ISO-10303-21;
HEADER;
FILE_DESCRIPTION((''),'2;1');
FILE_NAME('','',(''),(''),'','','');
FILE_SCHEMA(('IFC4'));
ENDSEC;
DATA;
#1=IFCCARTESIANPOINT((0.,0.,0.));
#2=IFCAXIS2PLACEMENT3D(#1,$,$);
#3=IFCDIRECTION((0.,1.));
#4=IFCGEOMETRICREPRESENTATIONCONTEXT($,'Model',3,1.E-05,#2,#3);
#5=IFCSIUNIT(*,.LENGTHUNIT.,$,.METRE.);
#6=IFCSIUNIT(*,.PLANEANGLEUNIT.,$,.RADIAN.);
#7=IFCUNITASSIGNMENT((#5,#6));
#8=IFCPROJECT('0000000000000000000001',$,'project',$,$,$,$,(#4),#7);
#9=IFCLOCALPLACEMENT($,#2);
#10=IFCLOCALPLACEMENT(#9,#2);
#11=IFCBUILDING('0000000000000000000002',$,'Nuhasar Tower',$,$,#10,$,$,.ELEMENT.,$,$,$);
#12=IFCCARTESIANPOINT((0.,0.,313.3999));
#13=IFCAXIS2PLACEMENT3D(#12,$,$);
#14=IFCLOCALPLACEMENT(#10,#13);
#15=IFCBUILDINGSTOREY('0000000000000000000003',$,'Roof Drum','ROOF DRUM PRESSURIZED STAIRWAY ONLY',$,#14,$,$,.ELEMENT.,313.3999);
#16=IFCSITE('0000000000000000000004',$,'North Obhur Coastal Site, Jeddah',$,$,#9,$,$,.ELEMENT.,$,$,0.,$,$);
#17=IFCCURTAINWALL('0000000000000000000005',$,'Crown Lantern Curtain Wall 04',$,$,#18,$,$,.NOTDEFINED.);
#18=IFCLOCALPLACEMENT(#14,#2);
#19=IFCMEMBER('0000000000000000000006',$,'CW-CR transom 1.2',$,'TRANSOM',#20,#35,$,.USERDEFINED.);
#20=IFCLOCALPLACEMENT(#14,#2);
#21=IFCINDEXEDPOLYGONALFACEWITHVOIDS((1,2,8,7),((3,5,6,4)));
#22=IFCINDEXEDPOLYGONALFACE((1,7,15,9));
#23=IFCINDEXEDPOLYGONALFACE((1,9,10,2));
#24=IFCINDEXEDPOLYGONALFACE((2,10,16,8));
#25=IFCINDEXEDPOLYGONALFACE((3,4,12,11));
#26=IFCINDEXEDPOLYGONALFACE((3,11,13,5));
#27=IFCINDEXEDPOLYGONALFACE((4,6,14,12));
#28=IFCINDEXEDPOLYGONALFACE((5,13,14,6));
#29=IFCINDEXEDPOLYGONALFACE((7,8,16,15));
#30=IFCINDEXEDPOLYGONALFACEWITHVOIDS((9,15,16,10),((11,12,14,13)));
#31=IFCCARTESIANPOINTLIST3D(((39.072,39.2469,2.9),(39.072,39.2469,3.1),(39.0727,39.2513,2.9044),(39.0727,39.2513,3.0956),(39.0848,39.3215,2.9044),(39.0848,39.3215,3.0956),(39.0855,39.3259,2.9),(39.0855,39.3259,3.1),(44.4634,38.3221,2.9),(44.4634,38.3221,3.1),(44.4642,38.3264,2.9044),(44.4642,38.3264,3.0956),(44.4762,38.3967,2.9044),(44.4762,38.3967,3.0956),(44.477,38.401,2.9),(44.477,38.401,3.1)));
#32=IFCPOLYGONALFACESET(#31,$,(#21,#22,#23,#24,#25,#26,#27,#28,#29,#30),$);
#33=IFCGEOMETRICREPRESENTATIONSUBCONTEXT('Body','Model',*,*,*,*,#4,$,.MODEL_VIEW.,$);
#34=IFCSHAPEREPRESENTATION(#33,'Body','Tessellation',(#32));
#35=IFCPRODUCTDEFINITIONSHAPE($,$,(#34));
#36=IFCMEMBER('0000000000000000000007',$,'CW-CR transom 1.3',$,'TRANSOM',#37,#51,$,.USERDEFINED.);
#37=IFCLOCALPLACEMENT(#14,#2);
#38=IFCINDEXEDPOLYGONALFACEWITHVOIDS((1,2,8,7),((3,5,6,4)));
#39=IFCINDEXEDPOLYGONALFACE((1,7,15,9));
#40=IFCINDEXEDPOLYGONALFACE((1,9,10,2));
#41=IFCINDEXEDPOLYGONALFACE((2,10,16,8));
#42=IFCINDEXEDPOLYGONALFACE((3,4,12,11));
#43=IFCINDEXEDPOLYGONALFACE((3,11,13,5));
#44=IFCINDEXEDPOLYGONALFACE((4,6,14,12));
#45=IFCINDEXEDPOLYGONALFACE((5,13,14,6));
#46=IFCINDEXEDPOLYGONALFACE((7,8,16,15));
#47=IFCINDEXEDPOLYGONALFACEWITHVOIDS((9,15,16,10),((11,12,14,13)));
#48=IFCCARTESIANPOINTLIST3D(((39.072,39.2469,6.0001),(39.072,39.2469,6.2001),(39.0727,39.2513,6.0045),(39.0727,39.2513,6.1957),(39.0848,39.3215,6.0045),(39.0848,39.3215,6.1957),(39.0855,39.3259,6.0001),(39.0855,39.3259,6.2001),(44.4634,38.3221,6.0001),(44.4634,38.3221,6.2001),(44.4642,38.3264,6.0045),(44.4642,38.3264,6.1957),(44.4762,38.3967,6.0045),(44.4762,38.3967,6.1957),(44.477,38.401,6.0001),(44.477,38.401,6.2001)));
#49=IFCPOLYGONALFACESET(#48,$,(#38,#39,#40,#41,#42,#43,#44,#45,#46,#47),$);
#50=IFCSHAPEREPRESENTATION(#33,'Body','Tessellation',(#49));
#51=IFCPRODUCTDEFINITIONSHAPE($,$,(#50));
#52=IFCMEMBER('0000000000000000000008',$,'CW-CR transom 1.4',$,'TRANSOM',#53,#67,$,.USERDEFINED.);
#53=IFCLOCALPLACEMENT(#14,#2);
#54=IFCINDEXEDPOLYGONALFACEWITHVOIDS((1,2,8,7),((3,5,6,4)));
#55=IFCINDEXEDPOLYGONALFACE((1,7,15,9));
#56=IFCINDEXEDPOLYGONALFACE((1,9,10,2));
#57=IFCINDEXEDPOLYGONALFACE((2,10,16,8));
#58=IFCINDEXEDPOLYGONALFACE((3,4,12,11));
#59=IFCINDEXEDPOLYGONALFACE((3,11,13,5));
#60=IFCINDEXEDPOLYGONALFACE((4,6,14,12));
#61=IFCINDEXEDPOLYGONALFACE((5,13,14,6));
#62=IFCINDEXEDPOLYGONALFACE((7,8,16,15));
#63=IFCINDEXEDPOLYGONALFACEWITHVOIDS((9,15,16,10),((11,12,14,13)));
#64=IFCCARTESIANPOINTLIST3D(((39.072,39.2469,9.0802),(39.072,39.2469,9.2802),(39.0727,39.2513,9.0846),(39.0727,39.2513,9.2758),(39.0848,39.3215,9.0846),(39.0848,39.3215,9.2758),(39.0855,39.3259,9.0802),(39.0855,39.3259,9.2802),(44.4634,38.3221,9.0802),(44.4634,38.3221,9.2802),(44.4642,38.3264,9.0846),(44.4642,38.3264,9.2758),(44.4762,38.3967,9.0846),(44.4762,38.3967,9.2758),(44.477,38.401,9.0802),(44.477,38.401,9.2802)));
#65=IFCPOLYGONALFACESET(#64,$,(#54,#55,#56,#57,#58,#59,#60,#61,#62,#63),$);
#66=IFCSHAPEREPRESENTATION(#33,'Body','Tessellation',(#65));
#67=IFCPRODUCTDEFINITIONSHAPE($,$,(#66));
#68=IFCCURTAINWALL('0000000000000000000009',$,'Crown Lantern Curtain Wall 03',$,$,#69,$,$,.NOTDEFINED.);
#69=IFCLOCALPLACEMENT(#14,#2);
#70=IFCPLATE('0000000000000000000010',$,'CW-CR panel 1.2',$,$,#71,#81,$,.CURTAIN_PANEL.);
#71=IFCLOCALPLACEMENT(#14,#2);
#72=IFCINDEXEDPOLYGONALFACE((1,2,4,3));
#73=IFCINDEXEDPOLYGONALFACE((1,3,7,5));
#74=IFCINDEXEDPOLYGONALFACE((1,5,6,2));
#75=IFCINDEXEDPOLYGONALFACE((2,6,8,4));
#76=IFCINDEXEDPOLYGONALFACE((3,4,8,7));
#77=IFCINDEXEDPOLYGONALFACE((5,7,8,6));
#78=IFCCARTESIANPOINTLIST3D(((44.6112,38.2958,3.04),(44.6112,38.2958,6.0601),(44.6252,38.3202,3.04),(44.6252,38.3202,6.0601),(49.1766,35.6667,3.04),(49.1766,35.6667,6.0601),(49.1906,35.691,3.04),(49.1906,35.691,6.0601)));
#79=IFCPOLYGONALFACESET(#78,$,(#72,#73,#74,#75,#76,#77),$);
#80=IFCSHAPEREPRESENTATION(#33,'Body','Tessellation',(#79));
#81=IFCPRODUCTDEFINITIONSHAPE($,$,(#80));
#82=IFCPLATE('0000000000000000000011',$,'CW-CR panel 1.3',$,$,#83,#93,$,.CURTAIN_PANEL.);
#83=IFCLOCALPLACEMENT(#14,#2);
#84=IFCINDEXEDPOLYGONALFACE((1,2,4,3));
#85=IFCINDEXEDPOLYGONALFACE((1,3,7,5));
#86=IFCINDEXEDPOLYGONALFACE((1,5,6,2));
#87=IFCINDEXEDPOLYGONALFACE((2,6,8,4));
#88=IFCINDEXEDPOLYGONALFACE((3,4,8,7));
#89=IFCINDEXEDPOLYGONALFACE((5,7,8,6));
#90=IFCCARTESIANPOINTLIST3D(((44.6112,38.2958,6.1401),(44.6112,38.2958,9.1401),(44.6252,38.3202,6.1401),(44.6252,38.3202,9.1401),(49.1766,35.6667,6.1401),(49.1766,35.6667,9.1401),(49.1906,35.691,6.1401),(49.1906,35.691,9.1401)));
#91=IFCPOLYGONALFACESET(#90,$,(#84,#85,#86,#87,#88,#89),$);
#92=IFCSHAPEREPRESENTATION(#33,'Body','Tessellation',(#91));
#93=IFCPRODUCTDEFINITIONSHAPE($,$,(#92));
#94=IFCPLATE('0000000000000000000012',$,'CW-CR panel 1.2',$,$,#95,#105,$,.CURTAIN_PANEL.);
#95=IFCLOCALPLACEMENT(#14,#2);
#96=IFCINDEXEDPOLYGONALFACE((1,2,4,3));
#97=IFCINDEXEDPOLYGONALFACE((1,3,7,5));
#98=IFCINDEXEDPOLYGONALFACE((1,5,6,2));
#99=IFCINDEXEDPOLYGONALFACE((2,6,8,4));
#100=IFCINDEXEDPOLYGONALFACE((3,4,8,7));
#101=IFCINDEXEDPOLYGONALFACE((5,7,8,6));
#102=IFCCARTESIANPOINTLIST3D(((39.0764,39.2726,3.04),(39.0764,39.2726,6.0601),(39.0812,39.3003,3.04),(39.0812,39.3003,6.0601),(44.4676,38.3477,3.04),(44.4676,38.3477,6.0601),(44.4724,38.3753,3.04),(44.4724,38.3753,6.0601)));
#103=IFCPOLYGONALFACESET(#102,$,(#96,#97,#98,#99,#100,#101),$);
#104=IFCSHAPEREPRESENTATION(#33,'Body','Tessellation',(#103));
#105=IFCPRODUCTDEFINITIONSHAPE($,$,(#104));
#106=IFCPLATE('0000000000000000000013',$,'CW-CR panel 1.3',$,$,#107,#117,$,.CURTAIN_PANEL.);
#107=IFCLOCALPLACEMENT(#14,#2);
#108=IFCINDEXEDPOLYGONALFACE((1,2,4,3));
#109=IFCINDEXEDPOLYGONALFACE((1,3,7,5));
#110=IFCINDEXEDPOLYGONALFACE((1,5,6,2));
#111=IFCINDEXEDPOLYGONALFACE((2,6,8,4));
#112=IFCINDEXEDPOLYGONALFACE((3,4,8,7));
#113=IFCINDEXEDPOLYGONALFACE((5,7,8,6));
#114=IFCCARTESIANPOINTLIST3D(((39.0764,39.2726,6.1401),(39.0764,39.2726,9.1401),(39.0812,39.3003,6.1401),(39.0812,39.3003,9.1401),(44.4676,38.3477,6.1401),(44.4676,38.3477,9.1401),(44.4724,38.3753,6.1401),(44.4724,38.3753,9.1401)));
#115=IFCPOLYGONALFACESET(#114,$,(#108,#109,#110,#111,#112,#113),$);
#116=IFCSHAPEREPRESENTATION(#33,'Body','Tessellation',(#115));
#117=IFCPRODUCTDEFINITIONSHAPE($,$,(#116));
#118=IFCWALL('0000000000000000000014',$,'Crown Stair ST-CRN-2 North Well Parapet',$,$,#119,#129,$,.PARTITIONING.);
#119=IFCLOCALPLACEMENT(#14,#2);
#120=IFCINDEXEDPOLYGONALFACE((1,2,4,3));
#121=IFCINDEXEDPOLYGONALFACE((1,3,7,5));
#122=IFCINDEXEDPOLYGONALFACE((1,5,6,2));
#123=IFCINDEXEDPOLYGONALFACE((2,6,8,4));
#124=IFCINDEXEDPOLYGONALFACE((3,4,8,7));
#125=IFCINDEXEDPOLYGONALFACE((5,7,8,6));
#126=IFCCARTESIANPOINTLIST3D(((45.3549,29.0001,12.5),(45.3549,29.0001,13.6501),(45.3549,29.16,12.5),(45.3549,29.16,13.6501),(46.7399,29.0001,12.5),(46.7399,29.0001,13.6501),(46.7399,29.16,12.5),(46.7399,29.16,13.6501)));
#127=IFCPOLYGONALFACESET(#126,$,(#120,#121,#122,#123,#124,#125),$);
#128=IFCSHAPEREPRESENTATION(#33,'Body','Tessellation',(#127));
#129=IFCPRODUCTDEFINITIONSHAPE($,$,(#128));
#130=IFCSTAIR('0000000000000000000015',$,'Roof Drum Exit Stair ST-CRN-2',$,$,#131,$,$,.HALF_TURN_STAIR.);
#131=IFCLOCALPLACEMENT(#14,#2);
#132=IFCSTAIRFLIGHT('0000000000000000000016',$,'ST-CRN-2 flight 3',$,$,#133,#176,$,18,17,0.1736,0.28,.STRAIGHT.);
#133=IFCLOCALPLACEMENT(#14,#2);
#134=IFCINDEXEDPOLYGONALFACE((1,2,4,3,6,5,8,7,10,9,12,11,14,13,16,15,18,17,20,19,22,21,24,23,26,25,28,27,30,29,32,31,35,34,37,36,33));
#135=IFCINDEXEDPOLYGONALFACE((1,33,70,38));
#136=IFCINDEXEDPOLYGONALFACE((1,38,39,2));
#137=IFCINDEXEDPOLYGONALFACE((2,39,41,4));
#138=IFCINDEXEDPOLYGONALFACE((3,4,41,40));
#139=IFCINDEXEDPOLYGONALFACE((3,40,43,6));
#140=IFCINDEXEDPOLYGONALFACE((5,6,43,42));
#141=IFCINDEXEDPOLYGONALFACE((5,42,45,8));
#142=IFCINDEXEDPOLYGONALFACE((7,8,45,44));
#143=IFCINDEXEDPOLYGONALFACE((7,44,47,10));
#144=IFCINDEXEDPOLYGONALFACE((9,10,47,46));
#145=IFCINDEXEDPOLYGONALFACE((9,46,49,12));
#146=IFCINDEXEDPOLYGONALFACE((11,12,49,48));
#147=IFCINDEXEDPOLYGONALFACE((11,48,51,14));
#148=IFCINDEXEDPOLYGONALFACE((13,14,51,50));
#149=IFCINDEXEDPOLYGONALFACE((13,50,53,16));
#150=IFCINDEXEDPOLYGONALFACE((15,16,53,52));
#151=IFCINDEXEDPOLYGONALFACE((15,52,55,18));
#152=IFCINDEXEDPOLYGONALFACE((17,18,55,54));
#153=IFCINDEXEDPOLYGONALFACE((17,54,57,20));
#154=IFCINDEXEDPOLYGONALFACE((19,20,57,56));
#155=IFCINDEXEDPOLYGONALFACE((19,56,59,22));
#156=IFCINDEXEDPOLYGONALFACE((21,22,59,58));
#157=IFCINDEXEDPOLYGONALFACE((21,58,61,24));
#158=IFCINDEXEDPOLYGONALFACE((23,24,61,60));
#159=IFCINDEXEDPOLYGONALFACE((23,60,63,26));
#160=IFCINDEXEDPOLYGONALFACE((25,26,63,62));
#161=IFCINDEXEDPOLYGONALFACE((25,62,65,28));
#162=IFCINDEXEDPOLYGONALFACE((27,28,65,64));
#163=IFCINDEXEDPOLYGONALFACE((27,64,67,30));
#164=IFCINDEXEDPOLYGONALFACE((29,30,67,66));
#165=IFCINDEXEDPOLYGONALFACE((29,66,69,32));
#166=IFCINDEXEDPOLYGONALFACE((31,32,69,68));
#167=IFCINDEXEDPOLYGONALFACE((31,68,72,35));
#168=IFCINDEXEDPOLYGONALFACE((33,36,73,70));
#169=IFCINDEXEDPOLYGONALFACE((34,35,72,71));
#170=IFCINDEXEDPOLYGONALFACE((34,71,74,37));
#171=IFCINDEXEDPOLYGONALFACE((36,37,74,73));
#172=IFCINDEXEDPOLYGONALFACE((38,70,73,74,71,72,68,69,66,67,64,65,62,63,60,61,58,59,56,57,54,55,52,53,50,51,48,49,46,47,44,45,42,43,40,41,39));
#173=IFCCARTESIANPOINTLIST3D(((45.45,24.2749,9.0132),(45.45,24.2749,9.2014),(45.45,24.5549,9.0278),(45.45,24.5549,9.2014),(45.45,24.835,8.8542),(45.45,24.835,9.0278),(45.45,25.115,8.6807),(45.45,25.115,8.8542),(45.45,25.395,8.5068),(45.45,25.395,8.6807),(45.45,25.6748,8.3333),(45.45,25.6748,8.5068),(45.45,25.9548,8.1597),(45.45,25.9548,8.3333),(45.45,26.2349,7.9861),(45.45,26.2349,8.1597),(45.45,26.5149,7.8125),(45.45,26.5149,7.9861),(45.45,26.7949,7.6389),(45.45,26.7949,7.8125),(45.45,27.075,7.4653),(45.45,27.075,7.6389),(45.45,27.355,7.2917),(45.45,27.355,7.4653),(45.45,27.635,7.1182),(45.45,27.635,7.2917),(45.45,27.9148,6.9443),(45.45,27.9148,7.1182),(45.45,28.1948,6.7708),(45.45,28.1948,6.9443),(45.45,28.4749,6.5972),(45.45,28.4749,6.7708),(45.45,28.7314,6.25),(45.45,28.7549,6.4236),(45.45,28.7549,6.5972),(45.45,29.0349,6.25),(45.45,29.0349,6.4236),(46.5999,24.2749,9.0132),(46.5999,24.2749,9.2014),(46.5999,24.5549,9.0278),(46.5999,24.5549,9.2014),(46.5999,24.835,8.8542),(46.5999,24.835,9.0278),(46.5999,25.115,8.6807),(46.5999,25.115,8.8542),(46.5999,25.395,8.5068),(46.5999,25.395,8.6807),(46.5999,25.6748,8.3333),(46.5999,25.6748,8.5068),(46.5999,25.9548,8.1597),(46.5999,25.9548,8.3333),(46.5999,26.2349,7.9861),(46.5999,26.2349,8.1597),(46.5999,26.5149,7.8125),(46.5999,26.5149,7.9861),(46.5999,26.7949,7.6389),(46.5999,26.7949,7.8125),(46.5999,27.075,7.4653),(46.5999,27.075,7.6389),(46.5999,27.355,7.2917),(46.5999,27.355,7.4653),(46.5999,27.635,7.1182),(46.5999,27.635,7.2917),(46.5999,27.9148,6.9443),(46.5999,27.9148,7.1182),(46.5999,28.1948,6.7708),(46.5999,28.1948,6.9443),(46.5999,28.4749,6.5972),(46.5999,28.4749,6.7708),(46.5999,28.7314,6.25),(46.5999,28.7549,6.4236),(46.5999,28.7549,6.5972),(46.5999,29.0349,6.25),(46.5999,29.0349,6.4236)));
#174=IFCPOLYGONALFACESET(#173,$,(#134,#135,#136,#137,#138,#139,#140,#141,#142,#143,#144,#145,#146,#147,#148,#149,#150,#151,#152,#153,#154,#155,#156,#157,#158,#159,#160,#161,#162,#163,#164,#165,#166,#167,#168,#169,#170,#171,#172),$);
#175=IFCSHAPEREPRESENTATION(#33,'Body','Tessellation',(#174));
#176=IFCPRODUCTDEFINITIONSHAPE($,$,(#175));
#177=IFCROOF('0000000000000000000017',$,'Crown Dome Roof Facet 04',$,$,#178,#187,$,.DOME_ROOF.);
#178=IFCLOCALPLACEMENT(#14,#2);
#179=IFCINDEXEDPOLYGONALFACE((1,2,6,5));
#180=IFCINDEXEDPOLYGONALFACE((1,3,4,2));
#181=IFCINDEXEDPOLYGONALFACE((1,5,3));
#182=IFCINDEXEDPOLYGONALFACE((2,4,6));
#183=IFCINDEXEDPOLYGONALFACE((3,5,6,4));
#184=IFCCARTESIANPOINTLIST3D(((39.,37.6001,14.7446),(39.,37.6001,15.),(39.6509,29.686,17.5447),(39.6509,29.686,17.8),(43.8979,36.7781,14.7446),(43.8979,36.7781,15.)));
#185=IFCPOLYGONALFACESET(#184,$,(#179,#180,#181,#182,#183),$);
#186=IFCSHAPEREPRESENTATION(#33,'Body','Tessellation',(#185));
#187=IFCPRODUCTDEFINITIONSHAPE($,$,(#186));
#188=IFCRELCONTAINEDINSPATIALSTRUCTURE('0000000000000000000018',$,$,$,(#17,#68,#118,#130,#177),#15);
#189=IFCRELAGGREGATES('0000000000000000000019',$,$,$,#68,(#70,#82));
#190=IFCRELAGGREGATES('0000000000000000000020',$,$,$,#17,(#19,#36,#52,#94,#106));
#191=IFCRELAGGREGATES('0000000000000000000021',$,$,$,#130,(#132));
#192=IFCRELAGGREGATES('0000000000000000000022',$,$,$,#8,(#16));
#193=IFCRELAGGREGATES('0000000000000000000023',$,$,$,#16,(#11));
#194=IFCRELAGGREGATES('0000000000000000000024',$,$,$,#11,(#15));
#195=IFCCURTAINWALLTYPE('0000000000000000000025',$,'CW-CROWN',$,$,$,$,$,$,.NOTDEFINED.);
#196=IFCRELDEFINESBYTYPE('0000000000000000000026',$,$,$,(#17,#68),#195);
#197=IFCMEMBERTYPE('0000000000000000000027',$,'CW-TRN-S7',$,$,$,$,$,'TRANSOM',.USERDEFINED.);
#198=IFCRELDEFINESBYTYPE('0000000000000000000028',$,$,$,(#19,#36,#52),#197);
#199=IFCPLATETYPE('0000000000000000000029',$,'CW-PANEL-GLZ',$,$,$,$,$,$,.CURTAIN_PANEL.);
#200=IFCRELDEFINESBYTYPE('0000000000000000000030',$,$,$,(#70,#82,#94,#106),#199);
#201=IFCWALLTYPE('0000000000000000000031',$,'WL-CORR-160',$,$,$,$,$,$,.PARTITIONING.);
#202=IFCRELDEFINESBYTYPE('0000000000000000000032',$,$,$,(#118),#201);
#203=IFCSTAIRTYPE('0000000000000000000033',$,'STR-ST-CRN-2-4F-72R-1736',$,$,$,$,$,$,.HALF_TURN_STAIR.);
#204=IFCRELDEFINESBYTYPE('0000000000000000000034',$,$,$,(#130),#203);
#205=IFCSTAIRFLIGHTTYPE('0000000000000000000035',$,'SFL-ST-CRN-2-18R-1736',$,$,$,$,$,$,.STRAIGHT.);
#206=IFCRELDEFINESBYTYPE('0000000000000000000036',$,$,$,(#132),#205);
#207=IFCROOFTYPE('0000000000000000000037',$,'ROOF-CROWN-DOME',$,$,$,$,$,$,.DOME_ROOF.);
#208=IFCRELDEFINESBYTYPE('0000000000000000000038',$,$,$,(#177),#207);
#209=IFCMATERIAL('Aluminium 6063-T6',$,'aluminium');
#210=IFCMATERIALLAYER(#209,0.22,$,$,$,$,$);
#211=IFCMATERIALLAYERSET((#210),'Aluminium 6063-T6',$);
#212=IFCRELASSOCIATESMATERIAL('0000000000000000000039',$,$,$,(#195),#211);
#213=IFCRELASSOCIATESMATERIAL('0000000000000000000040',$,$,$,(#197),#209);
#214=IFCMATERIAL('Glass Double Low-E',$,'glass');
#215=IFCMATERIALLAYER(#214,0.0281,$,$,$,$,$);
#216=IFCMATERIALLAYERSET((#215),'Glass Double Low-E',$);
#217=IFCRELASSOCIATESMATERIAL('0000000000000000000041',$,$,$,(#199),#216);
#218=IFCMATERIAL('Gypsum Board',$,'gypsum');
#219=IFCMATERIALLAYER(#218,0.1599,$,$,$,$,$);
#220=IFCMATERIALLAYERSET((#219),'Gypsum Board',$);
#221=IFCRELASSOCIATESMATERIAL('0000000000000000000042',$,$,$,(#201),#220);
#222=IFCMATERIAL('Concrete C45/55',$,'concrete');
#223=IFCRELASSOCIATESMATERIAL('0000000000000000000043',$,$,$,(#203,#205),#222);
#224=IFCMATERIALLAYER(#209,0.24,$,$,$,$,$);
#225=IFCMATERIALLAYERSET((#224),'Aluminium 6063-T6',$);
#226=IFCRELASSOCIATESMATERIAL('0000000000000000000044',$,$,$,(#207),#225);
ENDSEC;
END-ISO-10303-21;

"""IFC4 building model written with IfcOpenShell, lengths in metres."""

from ifc_helpers import new_model, si_unit, direction, frame, frame_2d, origin, origin_2d, place, context, subcontext, project, spatial, polyline, rectangle, hollow_rectangle, outline, extrude, material, layer, layer_set, material_profile, profile_set, type_object, element, aggregate, save


model = new_model("IFC4")

# Units and contexts
model_context = context("Model", 3, precision=1e-05, world=origin(), true_north=direction((0.0, 1.0)))
body_context = subcontext(model_context, "Body", "Model", "MODEL_VIEW")
ifc_project = project(units=[si_unit("LENGTHUNIT", "METRE"), si_unit("PLANEANGLEUNIT", "RADIAN")], contexts=[model_context])

# Site, building, storey
site_placement = place(None, origin())
site = spatial("IfcSite", under=ifc_project, at=site_placement, Name="North Obhur Coastal Site, Jeddah", CompositionType="ELEMENT", RefElevation=0.0)
building_placement = place(site_placement, origin())
building = spatial("IfcBuilding", under=site, at=building_placement, Name="Nuhasar Tower", CompositionType="ELEMENT")
storey_placement = place(building_placement, frame((0.0, 0.0, 313.3999)))
storey = spatial("IfcBuildingStorey", under=building, at=storey_placement, Name="Roof Drum", Description="ROOF DRUM PRESSURIZED STAIRWAY ONLY", CompositionType="ELEMENT", Elevation=313.3999)

# Curtain wall, members
ifc_material_1 = material(Name="Aluminium 6063-T6", Category="aluminium")
ifc_layer_1 = layer(ifc_material_1, 0.22)
ifc_layer_set_1 = layer_set([ifc_layer_1], Name="Aluminium 6063-T6")
curtain_wall_type = type_object("IfcCurtainWallType", Name="CW-CROWN", PredefinedType="NOTDEFINED", material=ifc_layer_set_1)
curtain_wall_1_placement = place(storey_placement, origin())
curtain_wall_1 = element("IfcCurtainWall", 1, at=curtain_wall_1_placement, inside=storey, type_object=curtain_wall_type, Name="Crown Lantern Curtain Wall 04", PredefinedType="NOTDEFINED")
ifc_material_profile_1 = material_profile(ifc_material_1, hollow_rectangle(XDim=0.0801, YDim=0.2, WallThickness=0.0044, at=origin_2d()), Name="CWT-7")
ifc_profile_set_1 = profile_set([ifc_material_profile_1], Name="Aluminium 6063-T6")
member_type_1 = type_object("IfcMemberType", Name="CW-TRN-S7", ElementType="TRANSOM", PredefinedType="USERDEFINED", material=ifc_profile_set_1)
member_1_placement = place(storey_placement, frame((44.4702, 38.3616, 3.0), z_axis=(-0.985605, 0.169065, 0.0), x_axis=(-0.169065, -0.985605, 0.0)))
member_1 = element("IfcMember", 2, at=member_1_placement, type_object=member_type_1, Name="CW-CR transom 1.2", ObjectType="TRANSOM", PredefinedType="USERDEFINED", context=body_context, shape_type="SweptSolid", body=[
    extrude(hollow_rectangle(XDim=0.0801, YDim=0.2, WallThickness=0.0044, at=origin_2d()), origin(), (0.0, 0.0, 1.0), 5.4702),
])
member_2_placement = place(storey_placement, frame((44.4702, 38.3616, 6.1001), z_axis=(-0.985605, 0.169065, 0.0), x_axis=(-0.169065, -0.985605, 0.0)))
member_2 = element("IfcMember", 3, at=member_2_placement, type_object=member_type_1, Name="CW-CR transom 1.3", ObjectType="TRANSOM", PredefinedType="USERDEFINED", context=body_context, shape_type="SweptSolid", body=[
    extrude(hollow_rectangle(XDim=0.0801, YDim=0.2, WallThickness=0.0044, at=origin_2d()), origin(), (0.0, 0.0, 1.0), 5.4702),
])
member_3_placement = place(storey_placement, frame((44.4702, 38.3616, 9.1802), z_axis=(-0.985605, 0.169065, 0.0), x_axis=(-0.169065, -0.985605, 0.0)))
member_3 = element("IfcMember", 4, at=member_3_placement, type_object=member_type_1, Name="CW-CR transom 1.4", ObjectType="TRANSOM", PredefinedType="USERDEFINED", context=body_context, shape_type="SweptSolid", body=[
    extrude(hollow_rectangle(XDim=0.0801, YDim=0.2, WallThickness=0.0044, at=origin_2d()), origin(), (0.0, 0.0, 1.0), 5.4702),
])

# Curtain wall, plates
curtain_wall_2_placement = place(storey_placement, origin())
curtain_wall_2 = element("IfcCurtainWall", 5, at=curtain_wall_2_placement, inside=storey, type_object=curtain_wall_type, Name="Crown Lantern Curtain Wall 03", PredefinedType="NOTDEFINED")
ifc_material_2 = material(Name="Glass Double Low-E", Category="glass")
ifc_layer_2 = layer(ifc_material_2, 0.0281)
ifc_layer_set_2 = layer_set([ifc_layer_2], Name="Glass Double Low-E")
plate_type = type_object("IfcPlateType", Name="CW-PANEL-GLZ", PredefinedType="CURTAIN_PANEL", material=ifc_layer_set_2)
plate_1_placement = place(storey_placement, frame((46.9009, 36.9934, 3.04), z_axis=(0.0, 0.0, 1.0), x_axis=(-0.866572, 0.499052, 0.0)))
plate_1 = element("IfcPlate", 6, at=plate_1_placement, type_object=plate_type, Name="CW-CR panel 1.2", PredefinedType="CURTAIN_PANEL", context=body_context, shape_type="SweptSolid", body=[
    extrude(rectangle(XDim=5.2683, YDim=0.0281, at=origin_2d()), origin(), (0.0, 0.0, 1.0), 3.02),
])
plate_2_placement = place(storey_placement, frame((46.9009, 36.9934, 6.1401), z_axis=(0.0, 0.0, 1.0), x_axis=(-0.866572, 0.499052, 0.0)))
plate_2 = element("IfcPlate", 7, at=plate_2_placement, type_object=plate_type, Name="CW-CR panel 1.3", PredefinedType="CURTAIN_PANEL", context=body_context, shape_type="SweptSolid", body=[
    extrude(rectangle(XDim=5.2683, YDim=0.0281, at=origin_2d()), origin(), (0.0, 0.0, 1.0), 3.0),
])
aggregate(curtain_wall_2, [plate_1, plate_2])

# Plates
plate_3_placement = place(storey_placement, frame((41.7744, 38.824, 3.04), z_axis=(0.0, 0.0, 1.0), x_axis=(-0.9856, 0.169092, 0.0)))
plate_3 = element("IfcPlate", 8, at=plate_3_placement, type_object=plate_type, Name="CW-CR panel 1.2", PredefinedType="CURTAIN_PANEL", context=body_context, shape_type="SweptSolid", body=[
    extrude(rectangle(XDim=5.47, YDim=0.0281, at=origin_2d()), origin(), (0.0, 0.0, 1.0), 3.02),
])
plate_4_placement = place(storey_placement, frame((41.7744, 38.824, 6.1401), z_axis=(0.0, 0.0, 1.0), x_axis=(-0.9856, 0.169092, 0.0)))
plate_4 = element("IfcPlate", 9, at=plate_4_placement, type_object=plate_type, Name="CW-CR panel 1.3", PredefinedType="CURTAIN_PANEL", context=body_context, shape_type="SweptSolid", body=[
    extrude(rectangle(XDim=5.47, YDim=0.0281, at=origin_2d()), origin(), (0.0, 0.0, 1.0), 3.0),
])
aggregate(curtain_wall_1, [member_1, member_2, member_3, plate_3, plate_4])

# Wall
ifc_material_3 = material(Name="Gypsum Board", Category="gypsum")
ifc_layer_3 = layer(ifc_material_3, 0.1599)
ifc_layer_set_3 = layer_set([ifc_layer_3], Name="Gypsum Board")
wall_type = type_object("IfcWallType", Name="WL-CORR-160", PredefinedType="PARTITIONING", material=ifc_layer_set_3)
wall_placement = place(storey_placement, frame((45.355, 29.0801, 12.5), z_axis=(0.0, 0.0, 1.0), x_axis=(1.0, 0.0, 0.0)))
element("IfcWall", 10, at=wall_placement, inside=storey, type_object=wall_type, Name="Crown Stair ST-CRN-2 North Well Parapet", PredefinedType="PARTITIONING", context=body_context, shape_type="SweptSolid", body=[
    extrude(rectangle(XDim=1.385, YDim=0.1599, at=frame_2d((0.6924, 0.0))), origin(), (0.0, 0.0, 1.0), 1.1501),
])

# Stair, stair flight
ifc_material_4 = material(Name="Concrete C45/55", Category="concrete")
stair_type = type_object("IfcStairType", Name="STR-ST-CRN-2-4F-72R-1736", PredefinedType="HALF_TURN_STAIR", material=ifc_material_4)
stair_placement = place(storey_placement, origin())
stair = element("IfcStair", 11, at=stair_placement, inside=storey, type_object=stair_type, Name="Roof Drum Exit Stair ST-CRN-2", PredefinedType="HALF_TURN_STAIR")
stair_flight_type = type_object("IfcStairFlightType", Name="SFL-ST-CRN-2-18R-1736", PredefinedType="STRAIGHT", material=ifc_material_4)
stair_flight_placement = place(storey_placement, frame((46.0249, 29.0349, 6.25), z_axis=(0.0, 0.0, 1.0), x_axis=(0.0, -1.0, 0.0)))
stair_flight = element("IfcStairFlight", 12, at=stair_flight_placement, type_object=stair_flight_type, Name="ST-CRN-2 flight 3", NumberOfRisers=18, NumberOfTreads=17, PredefinedType="STRAIGHT", RiserHeight=0.1736, TreadLength=0.28, context=body_context, shape_type="SweptSolid", body=[
    extrude(outline(polyline([(0.0, 0.0), (0.0, 0.1736), (0.28, 0.1736), (0.28, 0.3472), (0.5601, 0.3472), (0.5601, 0.5208), (0.8401, 0.5208), (0.8401, 0.6943), (1.1201, 0.6943), (1.1201, 0.8682), (1.3999, 0.8682), (1.3999, 1.0417), (1.6799, 1.0417), (1.6799, 1.2153), (1.96, 1.2153), (1.96, 1.3889), (2.24, 1.3889), (2.24, 1.5625), (2.52, 1.5625), (2.52, 1.7361), (2.8, 1.7361), (2.8, 1.9097), (3.0801, 1.9097), (3.0801, 2.0833), (3.3601, 2.0833), (3.3601, 2.2568), (3.6399, 2.2568), (3.6399, 2.4307), (3.9199, 2.4307), (3.9199, 2.6042), (4.2, 2.6042), (4.2, 2.7778), (4.48, 2.7778), (4.48, 2.9514), (4.76, 2.9514), (4.76, 3.125), (4.76, 2.7632), (0.3035, 0.0), (0.0, 0.0)])), frame((0.0, 0.575, 0.0), z_axis=(0.0, -1.0, 0.0), x_axis=(1.0, 0.0, 0.0)), (0.0, 0.0, 1.0), 1.1499),
])
aggregate(stair, [stair_flight])

# Roof
ifc_layer_4 = layer(ifc_material_1, 0.24)
ifc_layer_set_4 = layer_set([ifc_layer_4], Name="Aluminium 6063-T6")
roof_type = type_object("IfcRoofType", Name="ROOF-CROWN-DOME", PredefinedType="DOME_ROOF", material=ifc_layer_set_4)
roof_1_placement = place(storey_placement, frame((43.8979, 36.7781, 15.0), z_axis=(0.056583, 0.337144, 0.939751), x_axis=(-0.986207, 0.165515, 0.0)))
element("IfcRoof", 13, at=roof_1_placement, inside=storey, type_object=roof_type, Name="Crown Dome Roof Facet 04", PredefinedType="DOME_ROOF", context=body_context, shape_type="SweptSolid", body=[
    extrude(outline(polyline([(0.0, 0.0), (4.9665, 0.0), (3.0147, 8.1907), (0.0, 0.0)])), origin(), (0.0, -0.341859, -0.939751), 0.2554),
])

save(model, "model.ifc")
